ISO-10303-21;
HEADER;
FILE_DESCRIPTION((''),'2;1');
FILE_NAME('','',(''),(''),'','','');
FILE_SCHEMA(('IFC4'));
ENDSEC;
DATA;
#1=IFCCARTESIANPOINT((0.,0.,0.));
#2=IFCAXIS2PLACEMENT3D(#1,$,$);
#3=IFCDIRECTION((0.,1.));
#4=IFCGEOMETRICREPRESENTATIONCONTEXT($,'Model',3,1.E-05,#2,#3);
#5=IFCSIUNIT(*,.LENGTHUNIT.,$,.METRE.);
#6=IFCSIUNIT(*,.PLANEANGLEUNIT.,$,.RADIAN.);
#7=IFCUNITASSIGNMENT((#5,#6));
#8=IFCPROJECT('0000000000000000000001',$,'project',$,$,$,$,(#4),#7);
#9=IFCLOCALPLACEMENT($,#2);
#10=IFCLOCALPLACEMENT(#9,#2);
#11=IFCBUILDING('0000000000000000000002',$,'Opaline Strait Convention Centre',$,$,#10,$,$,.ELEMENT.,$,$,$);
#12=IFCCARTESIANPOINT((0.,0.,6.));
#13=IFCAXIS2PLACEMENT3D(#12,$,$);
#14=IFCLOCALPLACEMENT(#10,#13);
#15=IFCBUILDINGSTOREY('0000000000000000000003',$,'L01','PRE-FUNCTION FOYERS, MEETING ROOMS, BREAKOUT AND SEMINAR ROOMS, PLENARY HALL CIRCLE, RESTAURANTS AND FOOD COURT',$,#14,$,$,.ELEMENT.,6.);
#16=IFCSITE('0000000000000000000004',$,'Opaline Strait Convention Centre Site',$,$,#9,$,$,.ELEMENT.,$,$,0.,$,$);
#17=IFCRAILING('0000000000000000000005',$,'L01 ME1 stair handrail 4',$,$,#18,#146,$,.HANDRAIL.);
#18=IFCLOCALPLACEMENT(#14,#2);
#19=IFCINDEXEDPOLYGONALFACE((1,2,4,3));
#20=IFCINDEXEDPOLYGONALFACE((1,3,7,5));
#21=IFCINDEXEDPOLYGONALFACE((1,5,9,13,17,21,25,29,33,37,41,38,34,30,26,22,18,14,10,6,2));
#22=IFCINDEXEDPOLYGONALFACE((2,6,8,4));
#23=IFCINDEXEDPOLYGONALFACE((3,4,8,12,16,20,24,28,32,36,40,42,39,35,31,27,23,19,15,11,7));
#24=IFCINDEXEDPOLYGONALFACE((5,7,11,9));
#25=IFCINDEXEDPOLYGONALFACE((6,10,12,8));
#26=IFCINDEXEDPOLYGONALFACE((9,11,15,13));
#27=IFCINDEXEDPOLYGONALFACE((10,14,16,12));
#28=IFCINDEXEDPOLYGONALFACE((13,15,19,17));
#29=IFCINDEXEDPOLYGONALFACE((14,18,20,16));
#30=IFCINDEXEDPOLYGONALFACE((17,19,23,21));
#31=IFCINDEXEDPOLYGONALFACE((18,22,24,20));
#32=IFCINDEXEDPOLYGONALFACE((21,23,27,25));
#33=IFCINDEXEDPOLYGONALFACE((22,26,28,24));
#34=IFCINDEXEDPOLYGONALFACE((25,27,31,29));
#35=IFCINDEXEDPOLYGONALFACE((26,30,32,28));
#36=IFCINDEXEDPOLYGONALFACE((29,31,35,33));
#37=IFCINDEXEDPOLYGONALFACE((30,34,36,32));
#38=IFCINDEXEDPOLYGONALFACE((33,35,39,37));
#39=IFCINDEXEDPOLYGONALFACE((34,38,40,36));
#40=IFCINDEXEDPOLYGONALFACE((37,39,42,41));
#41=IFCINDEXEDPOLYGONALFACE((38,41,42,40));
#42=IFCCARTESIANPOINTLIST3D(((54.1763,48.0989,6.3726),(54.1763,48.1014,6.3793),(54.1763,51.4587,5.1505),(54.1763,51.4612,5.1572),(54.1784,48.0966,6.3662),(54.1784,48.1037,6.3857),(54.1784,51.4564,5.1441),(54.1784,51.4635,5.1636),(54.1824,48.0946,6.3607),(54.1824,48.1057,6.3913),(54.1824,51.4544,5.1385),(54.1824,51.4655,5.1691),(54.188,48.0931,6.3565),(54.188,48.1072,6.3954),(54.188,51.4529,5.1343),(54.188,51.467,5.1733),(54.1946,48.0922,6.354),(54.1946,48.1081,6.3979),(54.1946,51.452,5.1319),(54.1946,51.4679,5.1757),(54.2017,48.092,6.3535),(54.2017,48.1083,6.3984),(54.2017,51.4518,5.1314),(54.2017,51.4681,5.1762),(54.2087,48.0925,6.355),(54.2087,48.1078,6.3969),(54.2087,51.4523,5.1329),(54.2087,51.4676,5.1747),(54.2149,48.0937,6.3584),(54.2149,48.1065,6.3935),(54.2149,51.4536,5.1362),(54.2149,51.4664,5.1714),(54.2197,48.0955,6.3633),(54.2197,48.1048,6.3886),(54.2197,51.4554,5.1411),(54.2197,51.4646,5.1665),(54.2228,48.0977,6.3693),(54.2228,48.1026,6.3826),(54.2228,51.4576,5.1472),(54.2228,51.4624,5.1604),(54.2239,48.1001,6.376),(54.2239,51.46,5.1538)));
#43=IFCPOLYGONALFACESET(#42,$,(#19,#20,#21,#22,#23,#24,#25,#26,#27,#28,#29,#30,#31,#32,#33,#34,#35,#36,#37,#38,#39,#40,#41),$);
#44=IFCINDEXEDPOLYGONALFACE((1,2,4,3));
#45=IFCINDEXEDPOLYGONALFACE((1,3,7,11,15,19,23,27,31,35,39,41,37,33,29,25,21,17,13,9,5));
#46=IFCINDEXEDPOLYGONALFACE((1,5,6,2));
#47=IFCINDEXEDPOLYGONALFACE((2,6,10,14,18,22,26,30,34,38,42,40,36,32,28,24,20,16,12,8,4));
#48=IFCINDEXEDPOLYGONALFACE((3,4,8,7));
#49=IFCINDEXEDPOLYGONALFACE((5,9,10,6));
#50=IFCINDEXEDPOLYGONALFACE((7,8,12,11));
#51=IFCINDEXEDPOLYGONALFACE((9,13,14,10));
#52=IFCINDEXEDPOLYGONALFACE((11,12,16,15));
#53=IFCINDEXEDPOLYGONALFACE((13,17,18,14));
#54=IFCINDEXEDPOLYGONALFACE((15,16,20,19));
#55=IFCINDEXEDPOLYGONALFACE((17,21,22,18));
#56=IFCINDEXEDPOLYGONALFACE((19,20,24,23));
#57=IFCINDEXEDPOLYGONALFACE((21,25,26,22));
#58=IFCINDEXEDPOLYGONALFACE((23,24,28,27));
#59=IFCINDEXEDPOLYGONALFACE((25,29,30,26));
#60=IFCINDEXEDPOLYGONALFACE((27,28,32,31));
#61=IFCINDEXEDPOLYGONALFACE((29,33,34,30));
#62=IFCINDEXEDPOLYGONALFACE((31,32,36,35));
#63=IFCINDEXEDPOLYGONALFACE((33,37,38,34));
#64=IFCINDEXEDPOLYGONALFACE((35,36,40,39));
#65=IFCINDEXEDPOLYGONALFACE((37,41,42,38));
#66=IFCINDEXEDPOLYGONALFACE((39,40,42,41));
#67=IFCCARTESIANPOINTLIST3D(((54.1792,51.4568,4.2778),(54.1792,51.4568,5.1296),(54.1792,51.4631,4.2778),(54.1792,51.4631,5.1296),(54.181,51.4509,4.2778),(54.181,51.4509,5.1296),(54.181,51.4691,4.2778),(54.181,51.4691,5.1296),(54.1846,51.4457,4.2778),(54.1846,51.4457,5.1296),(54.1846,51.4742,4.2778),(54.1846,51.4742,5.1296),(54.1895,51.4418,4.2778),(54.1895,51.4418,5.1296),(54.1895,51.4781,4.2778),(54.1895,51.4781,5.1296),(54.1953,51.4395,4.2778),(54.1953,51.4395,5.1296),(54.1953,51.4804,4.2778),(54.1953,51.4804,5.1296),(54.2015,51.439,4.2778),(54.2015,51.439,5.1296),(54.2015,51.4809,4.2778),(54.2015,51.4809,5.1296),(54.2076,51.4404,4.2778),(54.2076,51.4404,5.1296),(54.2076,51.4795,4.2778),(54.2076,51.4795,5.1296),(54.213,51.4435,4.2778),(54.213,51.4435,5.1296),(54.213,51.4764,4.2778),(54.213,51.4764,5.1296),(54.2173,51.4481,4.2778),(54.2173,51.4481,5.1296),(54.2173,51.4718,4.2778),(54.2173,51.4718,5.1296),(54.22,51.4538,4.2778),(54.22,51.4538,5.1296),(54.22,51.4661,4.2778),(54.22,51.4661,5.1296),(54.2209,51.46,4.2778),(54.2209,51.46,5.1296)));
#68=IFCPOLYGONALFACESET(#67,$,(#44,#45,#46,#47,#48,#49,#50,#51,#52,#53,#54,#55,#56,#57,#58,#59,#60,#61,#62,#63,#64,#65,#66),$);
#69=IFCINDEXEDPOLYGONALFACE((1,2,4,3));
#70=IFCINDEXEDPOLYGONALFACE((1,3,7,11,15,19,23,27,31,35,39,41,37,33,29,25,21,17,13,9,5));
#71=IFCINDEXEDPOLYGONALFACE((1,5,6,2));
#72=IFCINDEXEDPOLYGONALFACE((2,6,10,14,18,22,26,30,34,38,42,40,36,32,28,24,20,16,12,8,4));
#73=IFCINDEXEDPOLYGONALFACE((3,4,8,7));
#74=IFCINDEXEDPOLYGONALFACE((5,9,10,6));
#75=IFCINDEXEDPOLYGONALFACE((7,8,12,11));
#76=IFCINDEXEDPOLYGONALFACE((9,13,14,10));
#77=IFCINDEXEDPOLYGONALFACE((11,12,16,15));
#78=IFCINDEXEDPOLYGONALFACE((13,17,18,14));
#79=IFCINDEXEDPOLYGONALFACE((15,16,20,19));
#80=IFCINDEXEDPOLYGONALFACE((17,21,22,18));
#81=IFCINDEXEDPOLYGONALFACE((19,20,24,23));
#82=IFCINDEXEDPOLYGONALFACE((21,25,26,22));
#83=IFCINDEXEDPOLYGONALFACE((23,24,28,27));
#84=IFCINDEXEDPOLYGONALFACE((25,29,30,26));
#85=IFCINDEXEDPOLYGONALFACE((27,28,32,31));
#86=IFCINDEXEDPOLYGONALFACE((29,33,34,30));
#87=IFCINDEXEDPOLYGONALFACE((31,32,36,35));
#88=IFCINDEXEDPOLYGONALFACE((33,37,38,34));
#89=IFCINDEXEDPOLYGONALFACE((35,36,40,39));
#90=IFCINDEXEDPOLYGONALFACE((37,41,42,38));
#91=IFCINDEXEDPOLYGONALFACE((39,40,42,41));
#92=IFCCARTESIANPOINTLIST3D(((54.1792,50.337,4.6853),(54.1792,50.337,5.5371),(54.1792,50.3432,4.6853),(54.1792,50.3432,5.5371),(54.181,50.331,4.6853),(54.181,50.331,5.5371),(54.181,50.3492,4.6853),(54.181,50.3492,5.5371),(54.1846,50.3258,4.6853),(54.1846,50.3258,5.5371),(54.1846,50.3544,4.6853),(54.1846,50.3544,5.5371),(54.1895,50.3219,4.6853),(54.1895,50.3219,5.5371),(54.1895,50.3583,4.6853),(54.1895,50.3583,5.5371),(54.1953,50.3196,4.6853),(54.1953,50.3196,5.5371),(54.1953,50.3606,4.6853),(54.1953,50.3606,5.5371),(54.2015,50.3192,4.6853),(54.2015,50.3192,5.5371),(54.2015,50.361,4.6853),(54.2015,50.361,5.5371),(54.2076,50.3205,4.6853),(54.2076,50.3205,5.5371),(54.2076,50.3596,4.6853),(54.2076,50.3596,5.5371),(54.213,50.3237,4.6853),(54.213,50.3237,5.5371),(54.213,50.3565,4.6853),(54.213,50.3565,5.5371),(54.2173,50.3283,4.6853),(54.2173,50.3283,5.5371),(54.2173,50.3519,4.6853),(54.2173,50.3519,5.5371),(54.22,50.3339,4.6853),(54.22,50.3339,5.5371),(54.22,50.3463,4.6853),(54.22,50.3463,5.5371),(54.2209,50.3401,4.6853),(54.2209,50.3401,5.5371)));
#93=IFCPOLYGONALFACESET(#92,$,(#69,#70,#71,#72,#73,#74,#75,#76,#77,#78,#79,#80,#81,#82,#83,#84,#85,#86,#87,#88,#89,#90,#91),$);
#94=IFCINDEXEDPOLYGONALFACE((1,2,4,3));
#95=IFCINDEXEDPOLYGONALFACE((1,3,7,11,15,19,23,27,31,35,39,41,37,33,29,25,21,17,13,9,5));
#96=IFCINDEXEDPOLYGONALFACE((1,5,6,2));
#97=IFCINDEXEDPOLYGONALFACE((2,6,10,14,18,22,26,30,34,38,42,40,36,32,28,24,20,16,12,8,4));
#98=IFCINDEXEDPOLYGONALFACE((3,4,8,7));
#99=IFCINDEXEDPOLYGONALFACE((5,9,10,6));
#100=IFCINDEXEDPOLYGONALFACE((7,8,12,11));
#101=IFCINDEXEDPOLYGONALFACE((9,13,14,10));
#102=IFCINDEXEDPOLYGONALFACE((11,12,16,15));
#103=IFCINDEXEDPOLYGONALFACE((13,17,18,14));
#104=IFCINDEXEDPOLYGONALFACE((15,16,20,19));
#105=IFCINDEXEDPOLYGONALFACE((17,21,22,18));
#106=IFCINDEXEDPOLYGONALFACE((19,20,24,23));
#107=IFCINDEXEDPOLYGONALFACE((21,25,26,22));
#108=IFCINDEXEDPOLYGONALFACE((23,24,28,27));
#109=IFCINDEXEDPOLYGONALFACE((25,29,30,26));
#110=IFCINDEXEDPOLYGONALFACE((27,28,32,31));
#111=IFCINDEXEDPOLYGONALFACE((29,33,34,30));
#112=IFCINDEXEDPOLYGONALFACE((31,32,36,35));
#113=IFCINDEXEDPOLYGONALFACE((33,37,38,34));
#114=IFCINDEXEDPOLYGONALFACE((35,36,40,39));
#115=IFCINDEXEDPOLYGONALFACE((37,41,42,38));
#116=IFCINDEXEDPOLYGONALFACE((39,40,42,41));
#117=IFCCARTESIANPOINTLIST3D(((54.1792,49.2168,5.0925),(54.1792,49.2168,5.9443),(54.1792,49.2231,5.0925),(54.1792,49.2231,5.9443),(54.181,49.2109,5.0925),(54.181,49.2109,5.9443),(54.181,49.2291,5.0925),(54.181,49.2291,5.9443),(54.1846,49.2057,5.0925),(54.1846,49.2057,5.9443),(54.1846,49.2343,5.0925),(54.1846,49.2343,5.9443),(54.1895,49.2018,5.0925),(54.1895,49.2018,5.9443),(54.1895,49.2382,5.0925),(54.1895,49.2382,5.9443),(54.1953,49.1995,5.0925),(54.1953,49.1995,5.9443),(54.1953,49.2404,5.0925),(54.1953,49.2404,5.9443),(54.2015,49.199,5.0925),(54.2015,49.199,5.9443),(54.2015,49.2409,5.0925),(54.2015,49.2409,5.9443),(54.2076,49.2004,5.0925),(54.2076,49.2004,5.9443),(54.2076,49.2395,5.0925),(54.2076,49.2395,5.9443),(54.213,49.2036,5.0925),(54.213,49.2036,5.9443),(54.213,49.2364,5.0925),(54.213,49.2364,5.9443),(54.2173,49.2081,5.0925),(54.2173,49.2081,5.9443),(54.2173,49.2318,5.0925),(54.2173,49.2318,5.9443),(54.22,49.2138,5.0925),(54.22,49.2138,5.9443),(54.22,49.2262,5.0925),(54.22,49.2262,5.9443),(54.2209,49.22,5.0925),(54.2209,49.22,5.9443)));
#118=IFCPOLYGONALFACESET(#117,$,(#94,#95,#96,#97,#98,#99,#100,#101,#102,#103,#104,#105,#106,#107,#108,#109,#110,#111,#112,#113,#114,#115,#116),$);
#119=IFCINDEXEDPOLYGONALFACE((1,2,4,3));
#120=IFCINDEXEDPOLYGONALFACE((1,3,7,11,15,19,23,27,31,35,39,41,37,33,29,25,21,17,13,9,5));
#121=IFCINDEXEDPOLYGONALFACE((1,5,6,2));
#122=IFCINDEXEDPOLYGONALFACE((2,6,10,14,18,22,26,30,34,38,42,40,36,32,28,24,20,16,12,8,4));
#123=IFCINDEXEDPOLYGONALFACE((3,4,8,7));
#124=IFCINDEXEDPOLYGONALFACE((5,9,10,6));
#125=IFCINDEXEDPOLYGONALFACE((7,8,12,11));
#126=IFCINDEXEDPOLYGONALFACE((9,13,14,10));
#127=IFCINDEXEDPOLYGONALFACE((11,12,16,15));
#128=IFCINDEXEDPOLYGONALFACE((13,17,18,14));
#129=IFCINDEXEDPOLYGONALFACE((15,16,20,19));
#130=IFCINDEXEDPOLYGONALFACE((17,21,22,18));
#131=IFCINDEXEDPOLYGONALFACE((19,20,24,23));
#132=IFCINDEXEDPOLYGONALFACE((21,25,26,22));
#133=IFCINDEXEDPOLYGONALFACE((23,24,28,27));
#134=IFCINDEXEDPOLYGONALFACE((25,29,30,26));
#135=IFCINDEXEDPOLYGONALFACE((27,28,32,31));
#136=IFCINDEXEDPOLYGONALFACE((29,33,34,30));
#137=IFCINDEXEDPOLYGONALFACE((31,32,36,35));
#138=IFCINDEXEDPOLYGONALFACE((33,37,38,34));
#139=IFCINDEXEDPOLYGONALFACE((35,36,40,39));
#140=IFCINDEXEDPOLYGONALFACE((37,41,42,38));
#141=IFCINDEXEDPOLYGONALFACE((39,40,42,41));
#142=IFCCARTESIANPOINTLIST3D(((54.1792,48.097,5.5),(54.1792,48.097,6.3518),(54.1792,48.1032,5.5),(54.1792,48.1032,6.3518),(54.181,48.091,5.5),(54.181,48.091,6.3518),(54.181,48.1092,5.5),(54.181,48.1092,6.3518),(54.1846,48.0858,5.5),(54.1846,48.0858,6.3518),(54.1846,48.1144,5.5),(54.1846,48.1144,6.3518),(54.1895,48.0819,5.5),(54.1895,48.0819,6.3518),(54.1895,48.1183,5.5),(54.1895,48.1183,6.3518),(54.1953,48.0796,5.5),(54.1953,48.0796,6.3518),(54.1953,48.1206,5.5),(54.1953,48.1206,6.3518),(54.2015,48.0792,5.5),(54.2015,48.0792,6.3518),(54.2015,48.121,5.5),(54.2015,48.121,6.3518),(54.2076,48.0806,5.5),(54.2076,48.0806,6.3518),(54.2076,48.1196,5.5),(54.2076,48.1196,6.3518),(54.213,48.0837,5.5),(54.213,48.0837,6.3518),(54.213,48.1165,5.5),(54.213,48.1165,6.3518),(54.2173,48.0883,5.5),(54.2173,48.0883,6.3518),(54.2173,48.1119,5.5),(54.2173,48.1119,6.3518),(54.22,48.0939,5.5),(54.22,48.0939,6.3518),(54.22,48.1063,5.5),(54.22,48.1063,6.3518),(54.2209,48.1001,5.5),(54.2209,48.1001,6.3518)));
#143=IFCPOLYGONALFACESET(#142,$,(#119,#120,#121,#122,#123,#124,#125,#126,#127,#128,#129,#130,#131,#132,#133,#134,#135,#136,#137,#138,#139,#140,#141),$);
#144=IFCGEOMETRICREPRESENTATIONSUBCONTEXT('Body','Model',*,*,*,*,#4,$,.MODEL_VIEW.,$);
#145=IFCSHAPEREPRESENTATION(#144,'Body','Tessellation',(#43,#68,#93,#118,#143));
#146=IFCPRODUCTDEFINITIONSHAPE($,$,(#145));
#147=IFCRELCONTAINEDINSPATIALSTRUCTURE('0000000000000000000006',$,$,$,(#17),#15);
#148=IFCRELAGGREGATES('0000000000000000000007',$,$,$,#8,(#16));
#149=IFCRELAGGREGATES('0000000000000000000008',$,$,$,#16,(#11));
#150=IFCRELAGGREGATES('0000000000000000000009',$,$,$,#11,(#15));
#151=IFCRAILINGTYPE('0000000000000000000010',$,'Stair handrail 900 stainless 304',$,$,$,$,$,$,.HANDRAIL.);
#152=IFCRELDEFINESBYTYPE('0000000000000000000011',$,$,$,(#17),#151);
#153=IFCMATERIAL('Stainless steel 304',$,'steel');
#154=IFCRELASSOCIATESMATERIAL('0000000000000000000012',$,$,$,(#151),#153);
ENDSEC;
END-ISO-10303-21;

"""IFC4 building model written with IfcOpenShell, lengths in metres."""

from ifc_helpers import new_model, si_unit, direction, frame, origin, origin_2d, place, context, subcontext, project, spatial, circle, extrude, material, type_object, element, save


model = new_model("IFC4")

# Units and contexts
model_context = context("Model", 3, precision=1e-05, world=origin(), true_north=direction((0.0, 1.0)))
body_context = subcontext(model_context, "Body", "Model", "MODEL_VIEW")
ifc_project = project(units=[si_unit("LENGTHUNIT", "METRE"), si_unit("PLANEANGLEUNIT", "RADIAN")], contexts=[model_context])

# Site, building, storey
site_placement = place(None, origin())
site = spatial("IfcSite", under=ifc_project, at=site_placement, Name="Opaline Strait Convention Centre Site", CompositionType="ELEMENT", RefElevation=0.0)
building_placement = place(site_placement, origin())
building = spatial("IfcBuilding", under=site, at=building_placement, Name="Opaline Strait Convention Centre", CompositionType="ELEMENT")
storey_placement = place(building_placement, frame((0.0, 0.0, 6.0)))
storey = spatial("IfcBuildingStorey", under=building, at=storey_placement, Name="L01", Description="PRE-FUNCTION FOYERS, MEETING ROOMS, BREAKOUT AND SEMINAR ROOMS, PLENARY HALL CIRCLE, RESTAURANTS AND FOOD COURT", CompositionType="ELEMENT", Elevation=6.0)

# Railing
ifc_material_1 = material(Name="Stainless steel 304", Category="steel")
railing_type_1 = type_object("IfcRailingType", Name="Stair handrail 900 stainless 304", PredefinedType="HANDRAIL", material=ifc_material_1)
for number, where, name in (
    (1, (54.2, 51.46, 4.2778), "L01 ME1 stair handrail 4"),
):
    element("IfcRailing", number, at=place(storey_placement, frame(where)), inside=storey, type_object=railing_type_1, Name=name, PredefinedType="HANDRAIL", context=body_context, shape_type="SweptSolid", body=[
        extrude(circle(Radius=0.0239, at=origin_2d()), frame((0.0, 0.0, 0.876), z_axis=(0.0, -0.939758, 0.341842), x_axis=(1.0, 0.0, 0.0)), (0.0, 0.0, 1.0), 3.5752),
        extrude(circle(Radius=0.021, at=origin_2d()), origin(), (0.0, 0.0, 1.0), 0.8518),
        extrude(circle(Radius=0.021, at=origin_2d()), frame((0.0, -1.1199, 0.4075)), (0.0, 0.0, 1.0), 0.8518),
        extrude(circle(Radius=0.021, at=origin_2d()), frame((0.0, -2.24, 0.8147)), (0.0, 0.0, 1.0), 0.8518),
        extrude(circle(Radius=0.021, at=origin_2d()), frame((0.0, -3.3599, 1.2222)), (0.0, 0.0, 1.0), 0.8518),
    ])

save(model, "model.ifc")
